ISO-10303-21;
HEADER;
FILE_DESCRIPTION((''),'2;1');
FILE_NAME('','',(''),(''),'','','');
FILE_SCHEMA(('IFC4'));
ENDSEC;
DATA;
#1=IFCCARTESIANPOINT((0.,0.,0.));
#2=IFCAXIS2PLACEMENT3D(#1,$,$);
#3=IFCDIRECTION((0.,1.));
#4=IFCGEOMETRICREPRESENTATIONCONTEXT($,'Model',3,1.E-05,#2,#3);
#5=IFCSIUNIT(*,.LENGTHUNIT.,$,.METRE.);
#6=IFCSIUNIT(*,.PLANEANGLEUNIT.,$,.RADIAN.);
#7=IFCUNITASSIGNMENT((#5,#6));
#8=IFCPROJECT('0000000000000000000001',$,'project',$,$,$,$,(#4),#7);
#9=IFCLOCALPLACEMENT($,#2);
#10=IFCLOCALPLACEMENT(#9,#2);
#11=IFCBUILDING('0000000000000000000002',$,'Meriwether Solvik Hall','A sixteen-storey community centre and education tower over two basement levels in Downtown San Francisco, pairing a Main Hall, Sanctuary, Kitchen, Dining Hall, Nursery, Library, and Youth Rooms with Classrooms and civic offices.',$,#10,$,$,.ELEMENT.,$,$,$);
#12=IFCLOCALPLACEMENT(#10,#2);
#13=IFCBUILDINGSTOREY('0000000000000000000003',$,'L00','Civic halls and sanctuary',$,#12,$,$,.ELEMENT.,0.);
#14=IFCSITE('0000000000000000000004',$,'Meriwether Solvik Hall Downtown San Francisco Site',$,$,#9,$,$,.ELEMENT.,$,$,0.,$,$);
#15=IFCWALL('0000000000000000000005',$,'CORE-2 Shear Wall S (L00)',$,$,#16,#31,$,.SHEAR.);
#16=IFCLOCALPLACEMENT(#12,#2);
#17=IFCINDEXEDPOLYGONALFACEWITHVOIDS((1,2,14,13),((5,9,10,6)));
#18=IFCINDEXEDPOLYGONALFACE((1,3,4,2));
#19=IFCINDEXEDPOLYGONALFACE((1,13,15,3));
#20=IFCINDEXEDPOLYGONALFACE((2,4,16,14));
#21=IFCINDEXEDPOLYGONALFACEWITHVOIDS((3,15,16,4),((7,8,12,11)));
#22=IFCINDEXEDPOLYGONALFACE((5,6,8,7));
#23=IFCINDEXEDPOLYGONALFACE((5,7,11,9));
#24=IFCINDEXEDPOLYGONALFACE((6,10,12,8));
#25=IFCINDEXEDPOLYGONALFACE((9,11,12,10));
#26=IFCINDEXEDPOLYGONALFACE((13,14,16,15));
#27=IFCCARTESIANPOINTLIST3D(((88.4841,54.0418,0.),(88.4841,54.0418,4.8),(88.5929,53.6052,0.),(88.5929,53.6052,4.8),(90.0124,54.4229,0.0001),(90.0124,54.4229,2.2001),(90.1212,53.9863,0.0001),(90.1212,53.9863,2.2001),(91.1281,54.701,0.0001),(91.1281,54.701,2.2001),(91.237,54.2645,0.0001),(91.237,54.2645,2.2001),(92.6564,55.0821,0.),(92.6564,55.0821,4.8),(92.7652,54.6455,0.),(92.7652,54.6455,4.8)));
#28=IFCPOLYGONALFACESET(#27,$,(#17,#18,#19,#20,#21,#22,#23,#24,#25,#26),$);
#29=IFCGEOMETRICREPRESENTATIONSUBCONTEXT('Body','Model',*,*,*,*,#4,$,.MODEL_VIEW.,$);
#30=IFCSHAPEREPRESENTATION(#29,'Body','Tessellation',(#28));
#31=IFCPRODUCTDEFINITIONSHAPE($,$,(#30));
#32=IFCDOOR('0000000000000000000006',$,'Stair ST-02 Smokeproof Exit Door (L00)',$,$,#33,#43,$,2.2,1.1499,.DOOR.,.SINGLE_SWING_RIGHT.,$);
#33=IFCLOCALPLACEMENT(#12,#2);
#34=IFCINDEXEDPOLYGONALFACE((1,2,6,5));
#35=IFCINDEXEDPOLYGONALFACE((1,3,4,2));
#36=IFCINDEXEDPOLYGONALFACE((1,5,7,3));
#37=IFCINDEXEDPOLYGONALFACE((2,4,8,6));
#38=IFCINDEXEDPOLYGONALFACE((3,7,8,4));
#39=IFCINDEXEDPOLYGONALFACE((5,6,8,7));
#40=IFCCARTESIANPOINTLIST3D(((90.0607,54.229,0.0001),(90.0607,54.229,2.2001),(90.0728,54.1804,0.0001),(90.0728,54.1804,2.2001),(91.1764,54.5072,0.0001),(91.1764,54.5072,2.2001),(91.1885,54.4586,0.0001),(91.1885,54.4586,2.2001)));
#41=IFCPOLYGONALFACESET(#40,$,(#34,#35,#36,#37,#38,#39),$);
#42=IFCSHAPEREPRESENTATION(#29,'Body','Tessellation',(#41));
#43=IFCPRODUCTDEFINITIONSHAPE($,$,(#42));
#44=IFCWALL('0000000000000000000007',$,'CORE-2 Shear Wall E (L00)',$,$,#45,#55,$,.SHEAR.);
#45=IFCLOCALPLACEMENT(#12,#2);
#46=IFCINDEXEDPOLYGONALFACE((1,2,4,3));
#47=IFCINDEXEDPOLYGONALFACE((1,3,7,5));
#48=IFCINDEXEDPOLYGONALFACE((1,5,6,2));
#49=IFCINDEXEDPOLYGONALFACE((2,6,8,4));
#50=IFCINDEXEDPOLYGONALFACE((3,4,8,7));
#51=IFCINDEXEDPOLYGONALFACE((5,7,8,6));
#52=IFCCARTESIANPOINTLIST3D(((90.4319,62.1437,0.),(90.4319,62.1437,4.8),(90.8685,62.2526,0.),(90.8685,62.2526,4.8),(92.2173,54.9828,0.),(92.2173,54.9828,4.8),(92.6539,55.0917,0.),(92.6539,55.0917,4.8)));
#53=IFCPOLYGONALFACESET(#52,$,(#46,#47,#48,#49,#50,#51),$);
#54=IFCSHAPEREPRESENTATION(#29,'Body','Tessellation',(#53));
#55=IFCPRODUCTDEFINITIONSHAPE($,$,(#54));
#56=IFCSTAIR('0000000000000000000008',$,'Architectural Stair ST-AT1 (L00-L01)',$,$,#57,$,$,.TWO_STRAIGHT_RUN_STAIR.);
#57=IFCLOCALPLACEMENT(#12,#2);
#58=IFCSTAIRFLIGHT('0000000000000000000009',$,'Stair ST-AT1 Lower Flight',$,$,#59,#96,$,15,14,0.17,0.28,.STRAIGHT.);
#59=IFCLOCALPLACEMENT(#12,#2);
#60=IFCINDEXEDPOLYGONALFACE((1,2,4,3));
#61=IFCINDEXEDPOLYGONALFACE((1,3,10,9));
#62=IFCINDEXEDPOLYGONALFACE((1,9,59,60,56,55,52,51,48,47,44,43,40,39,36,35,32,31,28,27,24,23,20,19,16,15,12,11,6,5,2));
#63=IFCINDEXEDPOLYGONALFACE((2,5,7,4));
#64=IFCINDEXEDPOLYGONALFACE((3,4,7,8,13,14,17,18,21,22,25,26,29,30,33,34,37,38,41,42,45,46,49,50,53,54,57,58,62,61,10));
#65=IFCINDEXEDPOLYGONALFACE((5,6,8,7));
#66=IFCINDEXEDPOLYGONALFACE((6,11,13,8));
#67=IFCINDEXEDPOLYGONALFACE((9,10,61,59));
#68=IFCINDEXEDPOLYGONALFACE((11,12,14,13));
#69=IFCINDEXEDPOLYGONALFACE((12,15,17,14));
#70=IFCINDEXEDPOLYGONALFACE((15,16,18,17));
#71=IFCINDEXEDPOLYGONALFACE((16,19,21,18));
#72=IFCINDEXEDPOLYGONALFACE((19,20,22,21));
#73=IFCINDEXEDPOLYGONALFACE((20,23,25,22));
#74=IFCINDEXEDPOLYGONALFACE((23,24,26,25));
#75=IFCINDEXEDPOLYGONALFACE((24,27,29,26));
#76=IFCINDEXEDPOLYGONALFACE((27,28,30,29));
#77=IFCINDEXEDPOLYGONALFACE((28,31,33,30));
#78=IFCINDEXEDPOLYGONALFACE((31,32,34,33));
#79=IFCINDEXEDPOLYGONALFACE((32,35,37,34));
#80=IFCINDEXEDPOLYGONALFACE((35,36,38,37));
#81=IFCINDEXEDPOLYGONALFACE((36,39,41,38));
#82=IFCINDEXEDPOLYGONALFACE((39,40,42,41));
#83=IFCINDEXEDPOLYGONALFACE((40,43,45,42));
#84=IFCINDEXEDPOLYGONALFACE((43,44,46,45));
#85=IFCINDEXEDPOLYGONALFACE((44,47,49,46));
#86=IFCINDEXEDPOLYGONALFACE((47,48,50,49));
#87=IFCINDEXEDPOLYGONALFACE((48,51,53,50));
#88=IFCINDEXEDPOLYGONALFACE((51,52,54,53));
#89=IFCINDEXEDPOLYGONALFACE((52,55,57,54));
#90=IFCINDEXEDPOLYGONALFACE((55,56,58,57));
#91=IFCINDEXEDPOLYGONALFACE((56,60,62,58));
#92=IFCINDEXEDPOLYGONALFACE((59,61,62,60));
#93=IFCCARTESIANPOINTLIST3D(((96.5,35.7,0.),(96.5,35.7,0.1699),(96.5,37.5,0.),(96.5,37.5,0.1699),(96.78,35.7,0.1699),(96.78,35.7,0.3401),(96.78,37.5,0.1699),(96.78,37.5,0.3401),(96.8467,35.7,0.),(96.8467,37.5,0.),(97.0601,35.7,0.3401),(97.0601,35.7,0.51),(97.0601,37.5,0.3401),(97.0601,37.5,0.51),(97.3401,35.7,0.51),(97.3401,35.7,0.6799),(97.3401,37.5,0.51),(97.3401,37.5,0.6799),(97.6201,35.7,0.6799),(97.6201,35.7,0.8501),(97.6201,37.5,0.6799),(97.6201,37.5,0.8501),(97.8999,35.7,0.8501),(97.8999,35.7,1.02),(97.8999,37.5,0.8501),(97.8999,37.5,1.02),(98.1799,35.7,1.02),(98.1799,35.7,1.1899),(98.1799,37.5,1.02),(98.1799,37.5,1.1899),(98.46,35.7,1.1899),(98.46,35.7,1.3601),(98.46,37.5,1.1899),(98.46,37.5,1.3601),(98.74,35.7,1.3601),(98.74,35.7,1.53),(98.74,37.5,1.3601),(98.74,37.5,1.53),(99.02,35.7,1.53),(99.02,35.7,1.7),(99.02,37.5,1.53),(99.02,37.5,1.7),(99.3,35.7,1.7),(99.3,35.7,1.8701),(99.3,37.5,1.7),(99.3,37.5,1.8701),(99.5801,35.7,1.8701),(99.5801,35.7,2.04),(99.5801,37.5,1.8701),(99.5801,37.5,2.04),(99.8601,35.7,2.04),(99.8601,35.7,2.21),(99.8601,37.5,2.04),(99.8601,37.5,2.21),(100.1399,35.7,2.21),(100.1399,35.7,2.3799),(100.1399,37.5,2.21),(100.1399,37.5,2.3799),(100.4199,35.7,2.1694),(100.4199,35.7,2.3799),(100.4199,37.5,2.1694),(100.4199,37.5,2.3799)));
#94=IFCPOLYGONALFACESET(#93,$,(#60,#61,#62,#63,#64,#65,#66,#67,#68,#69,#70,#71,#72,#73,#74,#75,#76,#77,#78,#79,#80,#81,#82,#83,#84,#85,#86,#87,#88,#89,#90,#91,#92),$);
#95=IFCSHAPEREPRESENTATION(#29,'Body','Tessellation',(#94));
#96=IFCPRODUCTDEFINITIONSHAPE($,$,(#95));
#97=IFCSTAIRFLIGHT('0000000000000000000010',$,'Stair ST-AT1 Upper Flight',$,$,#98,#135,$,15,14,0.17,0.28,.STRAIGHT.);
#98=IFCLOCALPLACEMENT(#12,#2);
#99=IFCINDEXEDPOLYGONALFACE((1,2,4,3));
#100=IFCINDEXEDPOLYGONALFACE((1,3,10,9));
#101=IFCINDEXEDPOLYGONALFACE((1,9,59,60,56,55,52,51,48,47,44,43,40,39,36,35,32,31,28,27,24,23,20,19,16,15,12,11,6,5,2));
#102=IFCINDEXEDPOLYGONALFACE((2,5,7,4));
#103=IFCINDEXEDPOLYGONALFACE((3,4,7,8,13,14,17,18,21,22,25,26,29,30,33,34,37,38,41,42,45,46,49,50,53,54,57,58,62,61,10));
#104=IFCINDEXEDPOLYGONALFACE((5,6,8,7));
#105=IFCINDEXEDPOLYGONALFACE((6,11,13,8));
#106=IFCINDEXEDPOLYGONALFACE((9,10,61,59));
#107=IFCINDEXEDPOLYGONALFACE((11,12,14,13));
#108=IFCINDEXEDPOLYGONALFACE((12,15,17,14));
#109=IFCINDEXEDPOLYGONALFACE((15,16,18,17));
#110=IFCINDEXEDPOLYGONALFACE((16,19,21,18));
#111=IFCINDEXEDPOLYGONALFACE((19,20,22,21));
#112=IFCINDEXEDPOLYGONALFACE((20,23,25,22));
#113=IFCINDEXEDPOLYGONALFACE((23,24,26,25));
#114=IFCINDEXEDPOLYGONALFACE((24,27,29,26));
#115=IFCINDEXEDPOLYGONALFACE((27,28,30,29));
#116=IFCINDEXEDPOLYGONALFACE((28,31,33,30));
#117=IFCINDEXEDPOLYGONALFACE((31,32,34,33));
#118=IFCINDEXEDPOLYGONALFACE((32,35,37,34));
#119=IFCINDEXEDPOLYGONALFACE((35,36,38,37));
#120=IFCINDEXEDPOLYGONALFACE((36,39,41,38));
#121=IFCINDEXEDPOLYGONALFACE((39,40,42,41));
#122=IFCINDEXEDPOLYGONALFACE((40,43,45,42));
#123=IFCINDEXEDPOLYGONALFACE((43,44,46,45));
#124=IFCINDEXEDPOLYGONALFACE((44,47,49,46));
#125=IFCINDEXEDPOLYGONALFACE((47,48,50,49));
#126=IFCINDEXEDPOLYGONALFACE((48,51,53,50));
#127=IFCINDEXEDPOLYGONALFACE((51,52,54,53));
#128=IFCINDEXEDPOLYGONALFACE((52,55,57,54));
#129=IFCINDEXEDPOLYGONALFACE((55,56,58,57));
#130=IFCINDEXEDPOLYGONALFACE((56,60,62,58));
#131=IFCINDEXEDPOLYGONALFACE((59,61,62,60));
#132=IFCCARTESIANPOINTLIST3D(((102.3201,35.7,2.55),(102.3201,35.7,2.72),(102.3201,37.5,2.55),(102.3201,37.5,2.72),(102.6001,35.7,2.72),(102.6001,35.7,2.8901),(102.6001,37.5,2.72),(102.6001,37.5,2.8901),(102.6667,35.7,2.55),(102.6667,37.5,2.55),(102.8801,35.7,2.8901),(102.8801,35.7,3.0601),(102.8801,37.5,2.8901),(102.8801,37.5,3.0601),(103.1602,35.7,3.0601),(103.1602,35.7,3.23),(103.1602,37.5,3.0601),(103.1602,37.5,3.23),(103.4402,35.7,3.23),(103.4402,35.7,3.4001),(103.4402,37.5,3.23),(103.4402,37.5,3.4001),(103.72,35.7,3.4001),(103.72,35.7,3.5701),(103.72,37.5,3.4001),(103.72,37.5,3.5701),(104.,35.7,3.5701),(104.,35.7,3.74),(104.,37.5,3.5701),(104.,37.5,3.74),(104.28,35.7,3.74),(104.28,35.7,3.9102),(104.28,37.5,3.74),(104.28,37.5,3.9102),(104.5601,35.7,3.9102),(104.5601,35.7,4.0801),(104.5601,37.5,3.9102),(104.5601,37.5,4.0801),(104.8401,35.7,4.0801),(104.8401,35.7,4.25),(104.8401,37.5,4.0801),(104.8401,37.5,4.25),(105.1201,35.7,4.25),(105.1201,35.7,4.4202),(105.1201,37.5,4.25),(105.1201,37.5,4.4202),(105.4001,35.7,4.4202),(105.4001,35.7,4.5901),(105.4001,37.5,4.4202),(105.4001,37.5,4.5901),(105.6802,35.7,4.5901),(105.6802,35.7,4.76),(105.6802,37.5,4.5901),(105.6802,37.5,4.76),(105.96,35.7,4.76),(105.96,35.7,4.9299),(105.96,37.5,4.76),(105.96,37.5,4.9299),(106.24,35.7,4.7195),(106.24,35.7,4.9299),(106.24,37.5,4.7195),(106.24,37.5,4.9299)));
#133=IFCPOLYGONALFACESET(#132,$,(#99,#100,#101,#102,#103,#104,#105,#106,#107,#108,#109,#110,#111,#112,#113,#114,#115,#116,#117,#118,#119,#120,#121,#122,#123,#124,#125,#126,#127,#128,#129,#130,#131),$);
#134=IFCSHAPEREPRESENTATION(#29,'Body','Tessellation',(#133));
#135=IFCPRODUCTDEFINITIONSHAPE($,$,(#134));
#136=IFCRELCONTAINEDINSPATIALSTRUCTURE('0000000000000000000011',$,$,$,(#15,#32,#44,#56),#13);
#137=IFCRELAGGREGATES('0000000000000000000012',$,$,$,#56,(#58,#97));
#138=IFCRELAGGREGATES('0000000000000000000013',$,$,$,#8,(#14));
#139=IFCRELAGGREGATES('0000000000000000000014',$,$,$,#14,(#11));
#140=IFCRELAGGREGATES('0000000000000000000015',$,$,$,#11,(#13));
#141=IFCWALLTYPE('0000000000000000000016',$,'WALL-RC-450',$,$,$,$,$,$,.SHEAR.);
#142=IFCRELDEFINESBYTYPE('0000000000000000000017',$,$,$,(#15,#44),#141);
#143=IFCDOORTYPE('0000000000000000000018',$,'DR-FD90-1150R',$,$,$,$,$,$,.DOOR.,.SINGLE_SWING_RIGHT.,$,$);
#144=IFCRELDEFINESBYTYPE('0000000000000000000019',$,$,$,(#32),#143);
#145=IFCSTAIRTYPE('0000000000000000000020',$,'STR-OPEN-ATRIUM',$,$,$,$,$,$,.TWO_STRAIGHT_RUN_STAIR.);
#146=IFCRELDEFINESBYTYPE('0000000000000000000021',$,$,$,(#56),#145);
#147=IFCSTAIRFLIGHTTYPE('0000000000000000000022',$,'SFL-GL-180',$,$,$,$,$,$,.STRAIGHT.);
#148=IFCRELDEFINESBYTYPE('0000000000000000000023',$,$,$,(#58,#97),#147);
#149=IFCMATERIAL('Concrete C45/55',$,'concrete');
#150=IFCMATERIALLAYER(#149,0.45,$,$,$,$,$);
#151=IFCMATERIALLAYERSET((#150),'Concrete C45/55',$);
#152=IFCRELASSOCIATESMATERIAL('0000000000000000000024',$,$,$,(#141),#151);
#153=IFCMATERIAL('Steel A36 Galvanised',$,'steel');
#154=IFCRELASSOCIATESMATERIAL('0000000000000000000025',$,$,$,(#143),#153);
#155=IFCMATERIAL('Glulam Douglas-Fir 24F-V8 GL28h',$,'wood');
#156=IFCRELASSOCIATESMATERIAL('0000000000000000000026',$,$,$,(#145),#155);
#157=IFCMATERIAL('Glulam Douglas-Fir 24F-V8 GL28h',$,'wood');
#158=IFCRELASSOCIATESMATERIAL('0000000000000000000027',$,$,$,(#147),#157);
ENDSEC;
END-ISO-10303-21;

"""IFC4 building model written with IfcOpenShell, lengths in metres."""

from ifc_helpers import new_model, si_unit, direction, frame, frame_2d, origin, place, context, subcontext, project, spatial, polyline, rectangle, outline, extrude, material, layer, layer_set, type_object, element, fill, aggregate, save


model = new_model("IFC4")

# Units and contexts
model_context = context("Model", 3, precision=1e-05, world=origin(), true_north=direction((0.0, 1.0)))
body_context = subcontext(model_context, "Body", "Model", "MODEL_VIEW")
ifc_project = project(units=[si_unit("LENGTHUNIT", "METRE"), si_unit("PLANEANGLEUNIT", "RADIAN")], contexts=[model_context])

# Site, building, storey
site_placement = place(None, origin())
site = spatial("IfcSite", under=ifc_project, at=site_placement, Name="Meriwether Solvik Hall Downtown San Francisco Site", CompositionType="ELEMENT", RefElevation=0.0)
building_placement = place(site_placement, origin())
building = spatial("IfcBuilding", under=site, at=building_placement, Name="Meriwether Solvik Hall", Description="A sixteen-storey community centre and education tower over two basement levels in Downtown San Francisco, pairing a Main Hall, Sanctuary, Kitchen, Dining Hall, Nursery, Library, and Youth Rooms with Classrooms and civic offices.", CompositionType="ELEMENT")
storey_placement = place(building_placement, origin())
storey = spatial("IfcBuildingStorey", under=building, at=storey_placement, Name="L00", Description="Civic halls and sanctuary", CompositionType="ELEMENT", Elevation=0.0)

# Wall, opening, door
ifc_material_1 = material(Name="Concrete C45/55", Category="concrete")
ifc_layer_1 = layer(ifc_material_1, 0.45)
ifc_layer_set_1 = layer_set([ifc_layer_1], Name="Concrete C45/55")
wall_type = type_object("IfcWallType", Name="WALL-RC-450", PredefinedType="SHEAR", material=ifc_layer_set_1)
wall_1_placement = place(storey_placement, frame((92.7107, 54.8638, 0.0), z_axis=(0.0, 0.0, 1.0), x_axis=(-0.970296, -0.241921, 0.0)))
wall_1 = element("IfcWall", 1, at=wall_1_placement, inside=storey, type_object=wall_type, Name="CORE-2 Shear Wall S (L00)", PredefinedType="SHEAR", context=body_context, shape_type="SweptSolid", body=[
    extrude(rectangle(XDim=4.3, YDim=0.45, at=frame_2d((2.1499, 0.0))), origin(), (0.0, 0.0, 1.0), 4.8),
])
opening_placement = place(wall_1_placement, frame((1.575, 0.0, 0.0)))
opening = element("IfcOpeningElement", 2, at=opening_placement, cuts=wall_1, PredefinedType="OPENING", context=body_context, shape_type="SweptSolid", body=[
    extrude(rectangle(XDim=1.1499, YDim=2.2, at=frame_2d((0.575, 1.1001))), frame((0.0, 0.2368, 0.0), z_axis=(0.0, -1.0, 0.0), x_axis=(1.0, 0.0, 0.0)), (0.0, 0.0, 1.0), 0.4739),
])
ifc_material_2 = material(Name="Steel A36 Galvanised", Category="steel")
door_type = type_object("IfcDoorType", Name="DR-FD90-1150R", OperationType="SINGLE_SWING_RIGHT", PredefinedType="DOOR", material=ifc_material_2)
door_placement = place(opening_placement, origin())
door = element("IfcDoor", 3, at=door_placement, inside=storey, type_object=door_type, Name="Stair ST-02 Smokeproof Exit Door (L00)", OperationType="SINGLE_SWING_RIGHT", OverallHeight=2.2, OverallWidth=1.1499, PredefinedType="DOOR", context=body_context, shape_type="SweptSolid", body=[
    extrude(rectangle(XDim=1.1499, YDim=2.2, at=frame_2d((0.575, 1.1001))), frame((0.0, 0.0249, 0.0), z_axis=(0.0, -1.0, 0.0), x_axis=(1.0, 0.0, 0.0)), (0.0, 0.0, 1.0), 0.05),
])
fill(opening, door)

# Wall
wall_2_placement = place(storey_placement, frame((92.4355, 55.0374, 0.0), z_axis=(0.0, 0.0, 1.0), x_axis=(-0.241921, 0.970296, 0.0)))
element("IfcWall", 4, at=wall_2_placement, inside=storey, type_object=wall_type, Name="CORE-2 Shear Wall E (L00)", PredefinedType="SHEAR", context=body_context, shape_type="SweptSolid", body=[
    extrude(rectangle(XDim=7.3801, YDim=0.45, at=frame_2d((3.6899, 0.0))), origin(), (0.0, 0.0, 1.0), 4.8),
])

# Stair, stair flights
ifc_material_3 = material(Name="Glulam Douglas-Fir 24F-V8 GL28h", Category="wood")
stair_type = type_object("IfcStairType", Name="STR-OPEN-ATRIUM", PredefinedType="TWO_STRAIGHT_RUN_STAIR", material=ifc_material_3)
stair_placement = place(storey_placement, origin())
stair = element("IfcStair", 5, at=stair_placement, inside=storey, type_object=stair_type, Name="Architectural Stair ST-AT1 (L00-L01)", PredefinedType="TWO_STRAIGHT_RUN_STAIR")
ifc_material_4 = material(Name="Glulam Douglas-Fir 24F-V8 GL28h", Category="wood")
stair_flight_type = type_object("IfcStairFlightType", Name="SFL-GL-180", PredefinedType="STRAIGHT", material=ifc_material_4)
stair_flight_1_placement = place(storey_placement, frame((96.5, 36.6001, 0.0), z_axis=(0.0, 0.0, 1.0), x_axis=(1.0, 0.0, 0.0)))
stair_flight_1 = element("IfcStairFlight", 6, at=stair_flight_1_placement, type_object=stair_flight_type, Name="Stair ST-AT1 Lower Flight", NumberOfRisers=15, NumberOfTreads=14, PredefinedType="STRAIGHT", RiserHeight=0.17, TreadLength=0.28, context=body_context, shape_type="SweptSolid", body=[
    extrude(outline(polyline([(0.0, 0.0), (0.0, 0.1699), (0.28, 0.1699), (0.28, 0.3401), (0.5601, 0.3401), (0.5601, 0.51), (0.8401, 0.51), (0.8401, 0.6799), (1.1201, 0.6799), (1.1201, 0.8501), (1.3999, 0.8501), (1.3999, 1.02), (1.6799, 1.02), (1.6799, 1.1899), (1.96, 1.1899), (1.96, 1.3601), (2.24, 1.3601), (2.24, 1.53), (2.52, 1.53), (2.52, 1.7), (2.8, 1.7), (2.8, 1.8701), (3.0801, 1.8701), (3.0801, 2.04), (3.3601, 2.04), (3.3601, 2.21), (3.6399, 2.21), (3.6399, 2.3799), (3.9199, 2.3799), (3.9199, 2.55), (3.9199, 2.1694), (0.3467, 0.0), (0.0, 0.0)])), frame((0.0, 0.8999, 0.0), z_axis=(0.0, -1.0, 0.0), x_axis=(1.0, 0.0, 0.0)), (0.0, 0.0, 1.0), 1.8),
])
stair_flight_2_placement = place(storey_placement, frame((102.3201, 36.6001, 2.55), z_axis=(0.0, 0.0, 1.0), x_axis=(1.0, 0.0, 0.0)))
stair_flight_2 = element("IfcStairFlight", 7, at=stair_flight_2_placement, type_object=stair_flight_type, Name="Stair ST-AT1 Upper Flight", NumberOfRisers=15, NumberOfTreads=14, PredefinedType="STRAIGHT", RiserHeight=0.17, TreadLength=0.28, context=body_context, shape_type="SweptSolid", body=[
    extrude(outline(polyline([(0.0, 0.0), (0.0, 0.1699), (0.28, 0.1699), (0.28, 0.3401), (0.5601, 0.3401), (0.5601, 0.51), (0.8401, 0.51), (0.8401, 0.6799), (1.1201, 0.6799), (1.1201, 0.8501), (1.3999, 0.8501), (1.3999, 1.02), (1.6799, 1.02), (1.6799, 1.1899), (1.96, 1.1899), (1.96, 1.3601), (2.24, 1.3601), (2.24, 1.53), (2.52, 1.53), (2.52, 1.7), (2.8, 1.7), (2.8, 1.8701), (3.0801, 1.8701), (3.0801, 2.04), (3.3601, 2.04), (3.3601, 2.21), (3.6399, 2.21), (3.6399, 2.3799), (3.9199, 2.3799), (3.9199, 2.55), (3.9199, 2.1694), (0.3467, 0.0), (0.0, 0.0)])), frame((0.0, 0.8999, 0.0), z_axis=(0.0, -1.0, 0.0), x_axis=(1.0, 0.0, 0.0)), (0.0, 0.0, 1.0), 1.8),
])
aggregate(stair, [stair_flight_1, stair_flight_2])

save(model, "model.ifc")
